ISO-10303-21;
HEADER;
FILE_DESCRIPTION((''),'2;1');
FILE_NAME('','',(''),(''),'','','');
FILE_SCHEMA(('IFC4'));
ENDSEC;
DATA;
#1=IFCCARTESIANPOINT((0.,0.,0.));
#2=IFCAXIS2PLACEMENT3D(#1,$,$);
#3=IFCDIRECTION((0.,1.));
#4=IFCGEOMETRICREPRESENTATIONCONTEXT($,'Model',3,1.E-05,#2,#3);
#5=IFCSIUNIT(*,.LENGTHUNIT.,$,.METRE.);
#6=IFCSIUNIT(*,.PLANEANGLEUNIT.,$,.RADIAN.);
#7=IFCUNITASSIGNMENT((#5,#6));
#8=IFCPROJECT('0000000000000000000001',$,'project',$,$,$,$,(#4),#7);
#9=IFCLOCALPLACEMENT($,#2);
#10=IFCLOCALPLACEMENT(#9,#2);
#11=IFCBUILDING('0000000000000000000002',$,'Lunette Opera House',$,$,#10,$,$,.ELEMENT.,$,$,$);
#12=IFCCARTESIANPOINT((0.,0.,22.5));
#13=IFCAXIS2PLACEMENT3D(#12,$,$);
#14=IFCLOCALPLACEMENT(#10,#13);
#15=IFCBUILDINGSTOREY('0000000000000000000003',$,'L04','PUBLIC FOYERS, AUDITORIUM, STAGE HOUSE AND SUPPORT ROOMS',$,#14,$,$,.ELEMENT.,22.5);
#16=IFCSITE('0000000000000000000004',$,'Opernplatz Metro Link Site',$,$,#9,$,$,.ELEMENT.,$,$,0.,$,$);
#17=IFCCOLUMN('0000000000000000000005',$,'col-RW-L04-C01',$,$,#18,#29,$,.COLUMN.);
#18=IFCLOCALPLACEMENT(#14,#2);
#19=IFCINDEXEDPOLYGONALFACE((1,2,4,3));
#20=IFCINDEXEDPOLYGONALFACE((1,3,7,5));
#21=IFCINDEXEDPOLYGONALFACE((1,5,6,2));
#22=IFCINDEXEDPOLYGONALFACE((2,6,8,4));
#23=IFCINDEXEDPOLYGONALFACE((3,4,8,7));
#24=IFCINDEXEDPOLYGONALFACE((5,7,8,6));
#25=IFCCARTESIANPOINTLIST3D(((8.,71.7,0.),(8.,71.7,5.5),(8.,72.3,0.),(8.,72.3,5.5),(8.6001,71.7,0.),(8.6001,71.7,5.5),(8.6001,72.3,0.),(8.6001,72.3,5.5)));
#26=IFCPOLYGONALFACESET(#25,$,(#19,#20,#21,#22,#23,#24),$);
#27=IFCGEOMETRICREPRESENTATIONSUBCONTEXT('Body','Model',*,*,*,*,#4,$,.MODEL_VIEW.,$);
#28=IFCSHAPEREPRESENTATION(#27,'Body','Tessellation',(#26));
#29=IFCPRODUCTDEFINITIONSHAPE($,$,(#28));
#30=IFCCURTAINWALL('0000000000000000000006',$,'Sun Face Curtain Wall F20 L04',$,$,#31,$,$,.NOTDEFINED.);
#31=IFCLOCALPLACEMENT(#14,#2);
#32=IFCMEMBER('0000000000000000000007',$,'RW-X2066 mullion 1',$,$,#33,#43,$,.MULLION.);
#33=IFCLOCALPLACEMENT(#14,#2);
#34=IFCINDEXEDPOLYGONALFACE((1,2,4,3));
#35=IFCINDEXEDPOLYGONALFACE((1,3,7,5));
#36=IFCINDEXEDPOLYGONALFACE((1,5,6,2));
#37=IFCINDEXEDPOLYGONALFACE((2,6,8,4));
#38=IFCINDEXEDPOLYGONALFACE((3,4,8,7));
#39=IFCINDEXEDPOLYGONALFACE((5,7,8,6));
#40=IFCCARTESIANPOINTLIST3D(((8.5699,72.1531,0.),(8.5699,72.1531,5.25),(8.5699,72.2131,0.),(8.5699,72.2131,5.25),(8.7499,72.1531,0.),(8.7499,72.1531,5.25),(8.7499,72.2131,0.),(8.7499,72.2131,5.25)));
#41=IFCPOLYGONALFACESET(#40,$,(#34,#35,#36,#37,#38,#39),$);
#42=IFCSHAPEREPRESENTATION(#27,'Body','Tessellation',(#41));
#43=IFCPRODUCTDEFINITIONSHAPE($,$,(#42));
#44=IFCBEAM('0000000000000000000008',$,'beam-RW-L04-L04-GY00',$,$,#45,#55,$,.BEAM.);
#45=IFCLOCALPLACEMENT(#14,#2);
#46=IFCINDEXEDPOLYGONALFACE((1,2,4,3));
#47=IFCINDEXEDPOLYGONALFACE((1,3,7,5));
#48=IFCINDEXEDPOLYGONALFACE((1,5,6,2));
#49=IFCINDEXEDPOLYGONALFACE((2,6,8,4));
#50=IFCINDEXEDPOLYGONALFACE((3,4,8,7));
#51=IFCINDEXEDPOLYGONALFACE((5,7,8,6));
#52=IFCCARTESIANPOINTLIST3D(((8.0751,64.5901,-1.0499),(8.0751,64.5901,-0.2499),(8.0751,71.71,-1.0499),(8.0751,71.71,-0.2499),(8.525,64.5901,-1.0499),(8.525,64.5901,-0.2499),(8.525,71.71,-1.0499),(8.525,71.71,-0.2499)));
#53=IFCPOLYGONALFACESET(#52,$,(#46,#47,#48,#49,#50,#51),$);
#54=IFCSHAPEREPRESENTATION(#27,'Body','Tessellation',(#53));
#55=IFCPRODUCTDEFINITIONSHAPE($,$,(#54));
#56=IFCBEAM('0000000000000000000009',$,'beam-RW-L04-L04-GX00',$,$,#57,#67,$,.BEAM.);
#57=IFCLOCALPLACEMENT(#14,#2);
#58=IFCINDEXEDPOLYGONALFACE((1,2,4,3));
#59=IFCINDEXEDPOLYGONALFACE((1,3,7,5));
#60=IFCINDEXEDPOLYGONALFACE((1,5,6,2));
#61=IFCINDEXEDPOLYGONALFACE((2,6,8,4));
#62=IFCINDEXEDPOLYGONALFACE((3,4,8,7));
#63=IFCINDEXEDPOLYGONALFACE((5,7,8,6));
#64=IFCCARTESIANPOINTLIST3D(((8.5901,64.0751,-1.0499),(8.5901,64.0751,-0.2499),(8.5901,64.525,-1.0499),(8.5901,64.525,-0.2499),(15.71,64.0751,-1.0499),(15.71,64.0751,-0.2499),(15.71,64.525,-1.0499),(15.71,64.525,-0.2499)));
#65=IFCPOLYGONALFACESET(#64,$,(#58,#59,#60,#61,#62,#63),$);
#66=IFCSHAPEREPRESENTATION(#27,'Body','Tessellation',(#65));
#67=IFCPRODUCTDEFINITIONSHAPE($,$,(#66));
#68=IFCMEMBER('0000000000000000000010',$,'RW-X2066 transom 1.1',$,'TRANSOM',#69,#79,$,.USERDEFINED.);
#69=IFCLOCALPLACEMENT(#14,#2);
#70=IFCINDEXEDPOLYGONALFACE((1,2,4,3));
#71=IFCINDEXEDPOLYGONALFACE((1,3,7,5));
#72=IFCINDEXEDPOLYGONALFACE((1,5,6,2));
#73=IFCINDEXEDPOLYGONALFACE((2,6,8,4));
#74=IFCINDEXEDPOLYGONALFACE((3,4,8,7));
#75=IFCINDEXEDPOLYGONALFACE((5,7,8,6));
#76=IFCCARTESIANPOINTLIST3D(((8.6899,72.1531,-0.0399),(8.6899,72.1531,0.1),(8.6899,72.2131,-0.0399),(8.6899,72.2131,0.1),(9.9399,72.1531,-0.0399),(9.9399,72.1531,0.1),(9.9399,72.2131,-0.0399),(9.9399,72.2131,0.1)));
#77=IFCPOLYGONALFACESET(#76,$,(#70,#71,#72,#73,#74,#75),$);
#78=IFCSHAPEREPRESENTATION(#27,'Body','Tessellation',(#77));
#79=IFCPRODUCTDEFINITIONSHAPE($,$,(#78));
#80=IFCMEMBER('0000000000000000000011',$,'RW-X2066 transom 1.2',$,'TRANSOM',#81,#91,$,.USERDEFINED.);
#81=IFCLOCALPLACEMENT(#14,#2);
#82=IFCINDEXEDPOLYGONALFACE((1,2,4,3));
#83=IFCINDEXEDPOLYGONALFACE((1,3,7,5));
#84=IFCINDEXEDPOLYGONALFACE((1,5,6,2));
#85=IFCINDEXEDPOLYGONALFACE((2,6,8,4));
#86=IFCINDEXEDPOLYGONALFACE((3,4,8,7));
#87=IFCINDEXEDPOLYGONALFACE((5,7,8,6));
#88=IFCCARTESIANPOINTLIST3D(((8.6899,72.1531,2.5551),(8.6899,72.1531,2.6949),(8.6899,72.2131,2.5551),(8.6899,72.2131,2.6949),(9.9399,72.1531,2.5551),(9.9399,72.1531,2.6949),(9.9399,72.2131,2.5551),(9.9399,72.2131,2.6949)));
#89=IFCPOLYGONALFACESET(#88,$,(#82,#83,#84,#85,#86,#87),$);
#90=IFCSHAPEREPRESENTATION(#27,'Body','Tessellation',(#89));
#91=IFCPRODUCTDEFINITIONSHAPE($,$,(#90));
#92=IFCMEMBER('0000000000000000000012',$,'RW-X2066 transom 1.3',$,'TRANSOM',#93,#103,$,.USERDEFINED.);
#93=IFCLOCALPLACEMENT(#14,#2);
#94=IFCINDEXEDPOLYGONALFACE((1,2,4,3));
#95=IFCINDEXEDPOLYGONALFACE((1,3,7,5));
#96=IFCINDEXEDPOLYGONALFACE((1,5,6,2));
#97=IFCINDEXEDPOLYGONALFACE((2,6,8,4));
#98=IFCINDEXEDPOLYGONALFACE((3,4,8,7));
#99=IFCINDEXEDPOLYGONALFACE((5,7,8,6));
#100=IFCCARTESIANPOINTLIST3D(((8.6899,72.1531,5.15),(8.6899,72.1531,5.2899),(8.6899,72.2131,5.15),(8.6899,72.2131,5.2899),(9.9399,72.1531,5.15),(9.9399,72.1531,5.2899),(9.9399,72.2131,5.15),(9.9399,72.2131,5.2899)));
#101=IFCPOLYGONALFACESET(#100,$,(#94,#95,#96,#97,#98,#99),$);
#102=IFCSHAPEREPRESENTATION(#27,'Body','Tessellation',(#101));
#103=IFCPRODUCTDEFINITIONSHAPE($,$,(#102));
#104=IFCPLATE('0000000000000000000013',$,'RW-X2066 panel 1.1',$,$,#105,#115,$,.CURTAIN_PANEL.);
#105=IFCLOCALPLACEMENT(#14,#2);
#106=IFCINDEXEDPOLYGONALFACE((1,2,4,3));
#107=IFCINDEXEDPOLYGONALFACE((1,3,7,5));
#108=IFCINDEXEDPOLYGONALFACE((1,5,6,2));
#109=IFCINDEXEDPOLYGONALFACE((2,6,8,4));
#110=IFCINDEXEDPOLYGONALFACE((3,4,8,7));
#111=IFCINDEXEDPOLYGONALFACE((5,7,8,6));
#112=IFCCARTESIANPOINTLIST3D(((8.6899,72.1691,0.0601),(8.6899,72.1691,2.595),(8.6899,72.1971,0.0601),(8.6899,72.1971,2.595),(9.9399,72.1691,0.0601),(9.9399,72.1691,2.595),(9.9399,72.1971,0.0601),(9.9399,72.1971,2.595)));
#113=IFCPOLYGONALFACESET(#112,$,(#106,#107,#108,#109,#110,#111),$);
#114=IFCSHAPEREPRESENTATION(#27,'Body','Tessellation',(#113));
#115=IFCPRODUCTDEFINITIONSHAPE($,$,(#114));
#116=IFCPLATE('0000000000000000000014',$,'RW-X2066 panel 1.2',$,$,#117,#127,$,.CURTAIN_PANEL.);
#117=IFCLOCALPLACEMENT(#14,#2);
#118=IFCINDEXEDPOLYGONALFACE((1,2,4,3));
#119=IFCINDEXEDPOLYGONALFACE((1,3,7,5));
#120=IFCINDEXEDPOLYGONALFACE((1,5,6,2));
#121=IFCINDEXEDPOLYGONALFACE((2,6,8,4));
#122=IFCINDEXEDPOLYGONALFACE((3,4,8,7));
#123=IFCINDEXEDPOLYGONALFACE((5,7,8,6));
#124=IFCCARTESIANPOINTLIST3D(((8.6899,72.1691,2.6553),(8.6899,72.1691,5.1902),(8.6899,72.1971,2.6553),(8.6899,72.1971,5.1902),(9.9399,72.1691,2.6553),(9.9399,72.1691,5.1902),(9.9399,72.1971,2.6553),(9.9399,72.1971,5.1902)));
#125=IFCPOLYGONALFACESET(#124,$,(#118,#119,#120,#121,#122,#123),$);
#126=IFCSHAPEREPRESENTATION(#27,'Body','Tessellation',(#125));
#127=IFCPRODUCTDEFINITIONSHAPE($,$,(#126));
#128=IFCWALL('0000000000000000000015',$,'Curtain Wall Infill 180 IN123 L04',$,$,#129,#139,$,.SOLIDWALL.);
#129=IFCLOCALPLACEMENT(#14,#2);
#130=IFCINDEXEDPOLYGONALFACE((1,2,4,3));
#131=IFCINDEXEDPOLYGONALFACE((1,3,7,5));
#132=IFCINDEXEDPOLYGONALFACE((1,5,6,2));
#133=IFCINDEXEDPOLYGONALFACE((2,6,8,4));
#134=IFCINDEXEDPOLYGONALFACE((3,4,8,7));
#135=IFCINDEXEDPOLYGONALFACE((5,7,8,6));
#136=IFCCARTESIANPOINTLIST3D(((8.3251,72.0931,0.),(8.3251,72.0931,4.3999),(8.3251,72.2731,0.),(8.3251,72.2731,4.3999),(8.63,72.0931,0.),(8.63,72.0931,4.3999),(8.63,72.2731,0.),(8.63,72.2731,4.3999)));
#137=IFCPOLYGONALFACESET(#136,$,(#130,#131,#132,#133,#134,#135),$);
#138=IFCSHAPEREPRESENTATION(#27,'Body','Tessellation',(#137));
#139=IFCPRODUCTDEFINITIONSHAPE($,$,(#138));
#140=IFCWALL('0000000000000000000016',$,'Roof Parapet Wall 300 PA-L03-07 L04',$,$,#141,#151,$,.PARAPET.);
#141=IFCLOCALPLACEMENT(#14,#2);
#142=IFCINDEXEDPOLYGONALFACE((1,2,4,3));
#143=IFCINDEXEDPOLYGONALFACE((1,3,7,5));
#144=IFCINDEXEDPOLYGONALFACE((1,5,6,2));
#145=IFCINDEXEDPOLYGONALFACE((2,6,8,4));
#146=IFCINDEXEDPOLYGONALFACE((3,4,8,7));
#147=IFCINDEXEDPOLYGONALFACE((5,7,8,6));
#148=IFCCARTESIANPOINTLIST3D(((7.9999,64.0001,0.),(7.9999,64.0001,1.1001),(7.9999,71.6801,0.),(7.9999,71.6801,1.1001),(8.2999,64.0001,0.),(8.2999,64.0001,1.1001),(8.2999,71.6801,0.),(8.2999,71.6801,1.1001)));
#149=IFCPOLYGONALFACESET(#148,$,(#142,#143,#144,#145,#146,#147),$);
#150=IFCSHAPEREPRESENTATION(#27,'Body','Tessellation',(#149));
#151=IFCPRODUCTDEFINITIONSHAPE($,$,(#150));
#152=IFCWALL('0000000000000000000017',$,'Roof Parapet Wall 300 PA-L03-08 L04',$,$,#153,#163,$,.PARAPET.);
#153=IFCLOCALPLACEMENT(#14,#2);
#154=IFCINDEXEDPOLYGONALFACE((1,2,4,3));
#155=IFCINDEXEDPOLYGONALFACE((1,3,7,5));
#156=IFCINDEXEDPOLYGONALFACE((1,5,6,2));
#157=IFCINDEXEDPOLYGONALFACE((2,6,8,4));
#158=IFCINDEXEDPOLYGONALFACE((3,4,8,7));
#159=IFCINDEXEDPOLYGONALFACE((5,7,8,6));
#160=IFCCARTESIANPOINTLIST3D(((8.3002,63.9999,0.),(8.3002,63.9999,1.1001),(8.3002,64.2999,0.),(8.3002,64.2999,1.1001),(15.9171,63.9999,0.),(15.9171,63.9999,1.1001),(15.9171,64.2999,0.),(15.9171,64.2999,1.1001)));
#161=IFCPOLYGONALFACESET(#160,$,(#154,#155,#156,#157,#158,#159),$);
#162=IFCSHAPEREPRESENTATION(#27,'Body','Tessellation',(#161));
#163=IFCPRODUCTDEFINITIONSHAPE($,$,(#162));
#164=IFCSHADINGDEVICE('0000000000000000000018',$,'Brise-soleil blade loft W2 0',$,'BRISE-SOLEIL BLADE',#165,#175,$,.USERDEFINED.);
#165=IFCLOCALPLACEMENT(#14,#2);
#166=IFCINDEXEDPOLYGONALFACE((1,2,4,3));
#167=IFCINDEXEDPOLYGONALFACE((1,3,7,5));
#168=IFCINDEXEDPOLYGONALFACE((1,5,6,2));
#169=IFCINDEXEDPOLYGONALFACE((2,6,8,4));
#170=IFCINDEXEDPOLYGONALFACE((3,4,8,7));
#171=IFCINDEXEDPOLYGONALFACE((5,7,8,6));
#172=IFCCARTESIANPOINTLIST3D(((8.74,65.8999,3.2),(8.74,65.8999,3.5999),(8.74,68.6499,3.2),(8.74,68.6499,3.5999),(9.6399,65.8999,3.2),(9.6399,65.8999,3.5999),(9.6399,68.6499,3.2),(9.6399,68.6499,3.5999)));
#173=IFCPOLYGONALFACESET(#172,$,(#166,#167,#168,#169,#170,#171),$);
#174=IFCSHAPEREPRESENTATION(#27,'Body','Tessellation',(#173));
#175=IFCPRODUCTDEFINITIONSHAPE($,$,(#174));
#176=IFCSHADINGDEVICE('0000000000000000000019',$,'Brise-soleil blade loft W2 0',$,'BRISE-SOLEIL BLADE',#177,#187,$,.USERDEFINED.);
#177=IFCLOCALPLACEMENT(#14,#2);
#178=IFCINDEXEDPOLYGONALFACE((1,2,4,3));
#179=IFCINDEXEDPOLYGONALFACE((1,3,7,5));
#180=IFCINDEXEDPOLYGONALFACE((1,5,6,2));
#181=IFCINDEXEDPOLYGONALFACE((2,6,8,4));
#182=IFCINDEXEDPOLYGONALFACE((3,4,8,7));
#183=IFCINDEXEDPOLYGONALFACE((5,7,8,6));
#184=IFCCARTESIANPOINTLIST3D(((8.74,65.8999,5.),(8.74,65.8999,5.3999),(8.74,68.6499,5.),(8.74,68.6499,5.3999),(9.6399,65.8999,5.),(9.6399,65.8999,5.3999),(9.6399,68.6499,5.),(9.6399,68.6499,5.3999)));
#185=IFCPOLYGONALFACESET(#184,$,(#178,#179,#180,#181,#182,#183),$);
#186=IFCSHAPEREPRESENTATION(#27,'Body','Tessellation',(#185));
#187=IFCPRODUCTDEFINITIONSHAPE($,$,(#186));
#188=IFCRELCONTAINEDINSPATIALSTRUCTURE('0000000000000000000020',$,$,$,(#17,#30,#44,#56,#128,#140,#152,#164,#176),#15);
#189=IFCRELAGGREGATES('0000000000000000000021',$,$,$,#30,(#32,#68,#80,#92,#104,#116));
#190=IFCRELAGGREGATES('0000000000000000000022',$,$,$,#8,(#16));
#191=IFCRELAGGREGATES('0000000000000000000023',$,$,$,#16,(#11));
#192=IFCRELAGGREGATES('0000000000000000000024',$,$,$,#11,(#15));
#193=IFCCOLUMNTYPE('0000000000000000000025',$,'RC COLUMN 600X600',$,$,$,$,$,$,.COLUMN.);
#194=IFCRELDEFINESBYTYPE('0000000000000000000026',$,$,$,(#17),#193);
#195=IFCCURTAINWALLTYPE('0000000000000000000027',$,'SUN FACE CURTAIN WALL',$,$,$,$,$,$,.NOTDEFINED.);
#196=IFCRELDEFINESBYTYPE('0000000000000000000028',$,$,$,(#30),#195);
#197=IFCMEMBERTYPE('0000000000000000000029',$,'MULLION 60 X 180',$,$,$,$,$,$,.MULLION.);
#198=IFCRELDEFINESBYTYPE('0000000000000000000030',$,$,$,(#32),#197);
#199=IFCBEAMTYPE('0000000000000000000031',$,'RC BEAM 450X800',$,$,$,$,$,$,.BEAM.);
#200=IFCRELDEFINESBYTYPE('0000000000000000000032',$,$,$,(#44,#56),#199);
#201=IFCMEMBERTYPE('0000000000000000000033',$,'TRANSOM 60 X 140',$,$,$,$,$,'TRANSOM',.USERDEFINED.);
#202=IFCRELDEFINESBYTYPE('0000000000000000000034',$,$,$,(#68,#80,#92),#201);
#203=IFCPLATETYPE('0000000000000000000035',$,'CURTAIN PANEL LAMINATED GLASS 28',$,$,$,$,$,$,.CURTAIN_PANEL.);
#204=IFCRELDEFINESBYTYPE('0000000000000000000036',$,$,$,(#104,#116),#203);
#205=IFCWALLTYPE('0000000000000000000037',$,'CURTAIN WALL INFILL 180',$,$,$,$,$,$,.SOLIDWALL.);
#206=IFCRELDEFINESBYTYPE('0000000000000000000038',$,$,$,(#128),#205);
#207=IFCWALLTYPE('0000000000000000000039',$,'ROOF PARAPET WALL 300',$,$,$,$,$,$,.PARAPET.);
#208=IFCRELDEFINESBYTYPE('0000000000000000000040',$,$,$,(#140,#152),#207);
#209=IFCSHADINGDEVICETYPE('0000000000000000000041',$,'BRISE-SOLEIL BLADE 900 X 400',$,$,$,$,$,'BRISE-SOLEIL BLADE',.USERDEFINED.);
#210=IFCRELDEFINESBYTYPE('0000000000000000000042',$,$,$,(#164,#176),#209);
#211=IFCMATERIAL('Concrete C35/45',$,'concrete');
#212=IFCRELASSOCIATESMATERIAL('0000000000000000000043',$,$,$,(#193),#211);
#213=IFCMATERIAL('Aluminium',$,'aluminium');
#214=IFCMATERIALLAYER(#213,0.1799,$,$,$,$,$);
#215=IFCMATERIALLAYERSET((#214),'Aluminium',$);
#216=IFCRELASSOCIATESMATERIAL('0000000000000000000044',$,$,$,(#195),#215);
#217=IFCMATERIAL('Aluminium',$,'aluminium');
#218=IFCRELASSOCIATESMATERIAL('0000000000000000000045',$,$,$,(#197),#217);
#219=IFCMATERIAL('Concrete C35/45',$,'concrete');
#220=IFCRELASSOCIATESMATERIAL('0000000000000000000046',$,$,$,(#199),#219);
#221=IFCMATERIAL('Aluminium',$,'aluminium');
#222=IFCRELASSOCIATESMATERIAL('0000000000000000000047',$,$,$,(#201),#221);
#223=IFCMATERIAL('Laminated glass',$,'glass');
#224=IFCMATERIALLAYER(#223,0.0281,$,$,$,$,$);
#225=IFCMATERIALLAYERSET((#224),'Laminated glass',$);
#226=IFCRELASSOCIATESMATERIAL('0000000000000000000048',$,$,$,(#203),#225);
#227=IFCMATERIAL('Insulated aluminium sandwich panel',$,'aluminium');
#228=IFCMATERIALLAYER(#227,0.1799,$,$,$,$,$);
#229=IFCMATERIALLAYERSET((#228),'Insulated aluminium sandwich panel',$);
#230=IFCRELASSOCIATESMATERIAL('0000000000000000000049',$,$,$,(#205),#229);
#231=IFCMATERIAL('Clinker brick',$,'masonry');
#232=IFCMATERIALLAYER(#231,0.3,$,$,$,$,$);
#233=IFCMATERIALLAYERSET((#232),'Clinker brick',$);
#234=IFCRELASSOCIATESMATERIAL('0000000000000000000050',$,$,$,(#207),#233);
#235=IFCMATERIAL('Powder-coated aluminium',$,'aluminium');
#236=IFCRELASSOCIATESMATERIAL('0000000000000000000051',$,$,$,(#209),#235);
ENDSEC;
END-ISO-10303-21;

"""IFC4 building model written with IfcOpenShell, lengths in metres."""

from ifc_helpers import new_model, si_unit, direction, frame, frame_2d, origin, origin_2d, place, context, subcontext, project, spatial, rectangle, extrude, material, layer, layer_set, material_profile, profile_set, type_object, element, aggregate, save


model = new_model("IFC4")

# Units and contexts
model_context = context("Model", 3, precision=1e-05, world=origin(), true_north=direction((0.0, 1.0)))
body_context = subcontext(model_context, "Body", "Model", "MODEL_VIEW")
ifc_project = project(units=[si_unit("LENGTHUNIT", "METRE"), si_unit("PLANEANGLEUNIT", "RADIAN")], contexts=[model_context])

# Site, building, storey
site_placement = place(None, origin())
site = spatial("IfcSite", under=ifc_project, at=site_placement, Name="Opernplatz Metro Link Site", CompositionType="ELEMENT", RefElevation=0.0)
building_placement = place(site_placement, origin())
building = spatial("IfcBuilding", under=site, at=building_placement, Name="Lunette Opera House", CompositionType="ELEMENT")
storey_placement = place(building_placement, frame((0.0, 0.0, 22.5)))
storey = spatial("IfcBuildingStorey", under=building, at=storey_placement, Name="L04", Description="PUBLIC FOYERS, AUDITORIUM, STAGE HOUSE AND SUPPORT ROOMS", CompositionType="ELEMENT", Elevation=22.5)

# Column
ifc_material_1 = material(Name="Concrete C35/45", Category="concrete")
ifc_material_profile_1 = material_profile(ifc_material_1, rectangle(XDim=0.6001, YDim=0.6001, at=origin_2d()), Name="RC COLUMN 600X600")
ifc_profile_set_1 = profile_set([ifc_material_profile_1], Name="Concrete C35/45")
column_type = type_object("IfcColumnType", Name="RC COLUMN 600X600", PredefinedType="COLUMN", material=ifc_profile_set_1)
column_placement = place(storey_placement, frame((8.3, 72.0, 0.0), z_axis=(0.0, 0.0, 1.0), x_axis=(1.0, 0.0, 0.0)))
element("IfcColumn", 1, at=column_placement, inside=storey, type_object=column_type, Name="col-RW-L04-C01", PredefinedType="COLUMN", context=body_context, shape_type="SweptSolid", body=[
    extrude(rectangle(XDim=0.6001, YDim=0.6001, at=origin_2d()), origin(), (0.0, 0.0, 1.0), 5.5),
])

# Curtain wall, member
ifc_material_2 = material(Name="Aluminium", Category="aluminium")
ifc_layer_1 = layer(ifc_material_2, 0.1799)
ifc_layer_set_1 = layer_set([ifc_layer_1], Name="Aluminium")
curtain_wall_type = type_object("IfcCurtainWallType", Name="SUN FACE CURTAIN WALL", PredefinedType="NOTDEFINED", material=ifc_layer_set_1)
curtain_wall_placement = place(storey_placement, origin())
curtain_wall = element("IfcCurtainWall", 2, at=curtain_wall_placement, inside=storey, type_object=curtain_wall_type, Name="Sun Face Curtain Wall F20 L04", PredefinedType="NOTDEFINED")
ifc_material_3 = material(Name="Aluminium", Category="aluminium")
ifc_material_profile_2 = material_profile(ifc_material_3, rectangle(XDim=0.0601, YDim=0.1799, at=origin_2d()), Name="MULLION 60 X 180")
ifc_profile_set_2 = profile_set([ifc_material_profile_2], Name="Aluminium")
member_type_1 = type_object("IfcMemberType", Name="MULLION 60 X 180", PredefinedType="MULLION", material=ifc_profile_set_2)
member_1_placement = place(storey_placement, frame((8.6599, 72.1831, 0.0), z_axis=(0.0, 0.0, 1.0), x_axis=(0.0, 1.0, 0.0)))
member_1 = element("IfcMember", 3, at=member_1_placement, type_object=member_type_1, Name="RW-X2066 mullion 1", PredefinedType="MULLION", context=body_context, shape_type="SweptSolid", body=[
    extrude(rectangle(XDim=0.0601, YDim=0.1799, at=origin_2d()), origin(), (0.0, 0.0, 1.0), 5.25),
])

# Beams
ifc_material_4 = material(Name="Concrete C35/45", Category="concrete")
ifc_material_profile_3 = material_profile(ifc_material_4, rectangle(XDim=0.45, YDim=0.8, at=origin_2d()), Name="RC BEAM 450X800")
ifc_profile_set_3 = profile_set([ifc_material_profile_3], Name="Concrete C35/45")
beam_type = type_object("IfcBeamType", Name="RC BEAM 450X800", PredefinedType="BEAM", material=ifc_profile_set_3)
for number, where, z_axis, x_axis, name in (
    (4, (8.3, 64.5901, -0.6499), (0.0, 1.0, 0.0), (-1.0, 0.0, 0.0), "beam-RW-L04-L04-GY00"),
    (5, (8.5901, 64.3, -0.6499), (1.0, 0.0, 0.0), (0.0, 1.0, 0.0), "beam-RW-L04-L04-GX00"),
):
    element("IfcBeam", number, at=place(storey_placement, frame(where, z_axis=z_axis, x_axis=x_axis)), inside=storey, type_object=beam_type, Name=name, PredefinedType="BEAM", context=body_context, shape_type="SweptSolid", body=[
        extrude(rectangle(XDim=0.45, YDim=0.8, at=origin_2d()), origin(), (0.0, 0.0, 1.0), 7.1199),
    ])

# Members
ifc_material_5 = material(Name="Aluminium", Category="aluminium")
ifc_material_profile_4 = material_profile(ifc_material_5, rectangle(XDim=0.0601, YDim=0.1399, at=origin_2d()), Name="TRANSOM 60 X 140")
ifc_profile_set_4 = profile_set([ifc_material_profile_4], Name="Aluminium")
member_type_2 = type_object("IfcMemberType", Name="TRANSOM 60 X 140", ElementType="TRANSOM", PredefinedType="USERDEFINED", material=ifc_profile_set_4)
member_2_placement = place(storey_placement, frame((8.6899, 72.1831, 0.03), z_axis=(1.0, 0.0, 0.0), x_axis=(0.0, 1.0, 0.0)))
member_2 = element("IfcMember", 6, at=member_2_placement, type_object=member_type_2, Name="RW-X2066 transom 1.1", ObjectType="TRANSOM", PredefinedType="USERDEFINED", context=body_context, shape_type="SweptSolid", body=[
    extrude(rectangle(XDim=0.0601, YDim=0.1399, at=origin_2d()), origin(), (0.0, 0.0, 1.0), 1.25),
])
member_3_placement = place(storey_placement, frame((8.6899, 72.1831, 2.625), z_axis=(1.0, 0.0, 0.0), x_axis=(0.0, 1.0, 0.0)))
member_3 = element("IfcMember", 7, at=member_3_placement, type_object=member_type_2, Name="RW-X2066 transom 1.2", ObjectType="TRANSOM", PredefinedType="USERDEFINED", context=body_context, shape_type="SweptSolid", body=[
    extrude(rectangle(XDim=0.0601, YDim=0.1399, at=origin_2d()), origin(), (0.0, 0.0, 1.0), 1.25),
])
member_4_placement = place(storey_placement, frame((8.6899, 72.1831, 5.22), z_axis=(1.0, 0.0, 0.0), x_axis=(0.0, 1.0, 0.0)))
member_4 = element("IfcMember", 8, at=member_4_placement, type_object=member_type_2, Name="RW-X2066 transom 1.3", ObjectType="TRANSOM", PredefinedType="USERDEFINED", context=body_context, shape_type="SweptSolid", body=[
    extrude(rectangle(XDim=0.0601, YDim=0.1399, at=origin_2d()), origin(), (0.0, 0.0, 1.0), 1.25),
])

# Plates
ifc_material_6 = material(Name="Laminated glass", Category="glass")
ifc_layer_2 = layer(ifc_material_6, 0.0281)
ifc_layer_set_2 = layer_set([ifc_layer_2], Name="Laminated glass")
plate_type = type_object("IfcPlateType", Name="CURTAIN PANEL LAMINATED GLASS 28", PredefinedType="CURTAIN_PANEL", material=ifc_layer_set_2)
plate_1_placement = place(storey_placement, frame((9.3149, 72.1831, 0.0601), z_axis=(0.0, 0.0, 1.0), x_axis=(1.0, 0.0, 0.0)))
plate_1 = element("IfcPlate", 9, at=plate_1_placement, type_object=plate_type, Name="RW-X2066 panel 1.1", PredefinedType="CURTAIN_PANEL", context=body_context, shape_type="SweptSolid", body=[
    extrude(rectangle(XDim=1.25, YDim=0.0281, at=origin_2d()), origin(), (0.0, 0.0, 1.0), 2.5349),
])
plate_2_placement = place(storey_placement, frame((9.3149, 72.1831, 2.6553), z_axis=(0.0, 0.0, 1.0), x_axis=(1.0, 0.0, 0.0)))
plate_2 = element("IfcPlate", 10, at=plate_2_placement, type_object=plate_type, Name="RW-X2066 panel 1.2", PredefinedType="CURTAIN_PANEL", context=body_context, shape_type="SweptSolid", body=[
    extrude(rectangle(XDim=1.25, YDim=0.0281, at=origin_2d()), origin(), (0.0, 0.0, 1.0), 2.5349),
])
aggregate(curtain_wall, [member_1, member_2, member_3, member_4, plate_1, plate_2])

# Walls
ifc_material_7 = material(Name="Insulated aluminium sandwich panel", Category="aluminium")
ifc_layer_3 = layer(ifc_material_7, 0.1799)
ifc_layer_set_3 = layer_set([ifc_layer_3], Name="Insulated aluminium sandwich panel")
wall_type_1 = type_object("IfcWallType", Name="CURTAIN WALL INFILL 180", PredefinedType="SOLIDWALL", material=ifc_layer_set_3)
wall_1_placement = place(storey_placement, frame((8.6299, 72.1831, 0.0), z_axis=(0.0, 0.0, 1.0), x_axis=(-1.0, 0.0, 0.0)))
element("IfcWall", 11, at=wall_1_placement, inside=storey, type_object=wall_type_1, Name="Curtain Wall Infill 180 IN123 L04", PredefinedType="SOLIDWALL", context=body_context, shape_type="SweptSolid", body=[
    extrude(rectangle(XDim=0.3049, YDim=0.1799, at=frame_2d((0.1523, 0.0))), origin(), (0.0, 0.0, 1.0), 4.3999),
])
ifc_material_8 = material(Name="Clinker brick", Category="masonry")
ifc_layer_4 = layer(ifc_material_8, 0.3)
ifc_layer_set_4 = layer_set([ifc_layer_4], Name="Clinker brick")
wall_type_2 = type_object("IfcWallType", Name="ROOF PARAPET WALL 300", PredefinedType="PARAPET", material=ifc_layer_set_4)
wall_2_placement = place(storey_placement, frame((8.1499, 71.6799, 0.0), z_axis=(0.0, 0.0, 1.0), x_axis=(0.0, -1.0, 0.0)))
element("IfcWall", 12, at=wall_2_placement, inside=storey, type_object=wall_type_2, Name="Roof Parapet Wall 300 PA-L03-07 L04", PredefinedType="PARAPET", context=body_context, shape_type="SweptSolid", body=[
    extrude(rectangle(XDim=7.6799, YDim=0.3, at=frame_2d((3.8398, 0.0))), origin(), (0.0, 0.0, 1.0), 1.1001),
])
wall_3_placement = place(storey_placement, frame((8.3, 64.1499, 0.0), z_axis=(0.0, 0.0, 1.0), x_axis=(1.0, 0.0, 0.0)))
element("IfcWall", 13, at=wall_3_placement, inside=storey, type_object=wall_type_2, Name="Roof Parapet Wall 300 PA-L03-08 L04", PredefinedType="PARAPET", context=body_context, shape_type="SweptSolid", body=[
    extrude(rectangle(XDim=7.6169, YDim=0.3, at=frame_2d((3.8086, 0.0))), origin(), (0.0, 0.0, 1.0), 1.1001),
])

# Shading devices
ifc_material_9 = material(Name="Powder-coated aluminium", Category="aluminium")
shading_device_type = type_object("IfcShadingDeviceType", Name="BRISE-SOLEIL BLADE 900 X 400", ElementType="BRISE-SOLEIL BLADE", PredefinedType="USERDEFINED", material=ifc_material_9)
for number, where, z_axis, x_axis, name in (
    (14, (9.1899, 67.2749, 3.2), (0.0, 0.0, 1.0), (-1.0, 0.0, 0.0), "Brise-soleil blade loft W2 0"),
    (15, (9.1899, 67.2749, 5.0), (0.0, 0.0, 1.0), (-1.0, 0.0, 0.0), "Brise-soleil blade loft W2 0"),
):
    element("IfcShadingDevice", number, at=place(storey_placement, frame(where, z_axis=z_axis, x_axis=x_axis)), inside=storey, type_object=shading_device_type, Name=name, ObjectType="BRISE-SOLEIL BLADE", PredefinedType="USERDEFINED", context=body_context, shape_type="SweptSolid", body=[
        extrude(rectangle(XDim=0.8999, YDim=2.75, at=origin_2d()), origin(), (0.0, 0.0, 1.0), 0.3999),
    ])

save(model, "model.ifc")
